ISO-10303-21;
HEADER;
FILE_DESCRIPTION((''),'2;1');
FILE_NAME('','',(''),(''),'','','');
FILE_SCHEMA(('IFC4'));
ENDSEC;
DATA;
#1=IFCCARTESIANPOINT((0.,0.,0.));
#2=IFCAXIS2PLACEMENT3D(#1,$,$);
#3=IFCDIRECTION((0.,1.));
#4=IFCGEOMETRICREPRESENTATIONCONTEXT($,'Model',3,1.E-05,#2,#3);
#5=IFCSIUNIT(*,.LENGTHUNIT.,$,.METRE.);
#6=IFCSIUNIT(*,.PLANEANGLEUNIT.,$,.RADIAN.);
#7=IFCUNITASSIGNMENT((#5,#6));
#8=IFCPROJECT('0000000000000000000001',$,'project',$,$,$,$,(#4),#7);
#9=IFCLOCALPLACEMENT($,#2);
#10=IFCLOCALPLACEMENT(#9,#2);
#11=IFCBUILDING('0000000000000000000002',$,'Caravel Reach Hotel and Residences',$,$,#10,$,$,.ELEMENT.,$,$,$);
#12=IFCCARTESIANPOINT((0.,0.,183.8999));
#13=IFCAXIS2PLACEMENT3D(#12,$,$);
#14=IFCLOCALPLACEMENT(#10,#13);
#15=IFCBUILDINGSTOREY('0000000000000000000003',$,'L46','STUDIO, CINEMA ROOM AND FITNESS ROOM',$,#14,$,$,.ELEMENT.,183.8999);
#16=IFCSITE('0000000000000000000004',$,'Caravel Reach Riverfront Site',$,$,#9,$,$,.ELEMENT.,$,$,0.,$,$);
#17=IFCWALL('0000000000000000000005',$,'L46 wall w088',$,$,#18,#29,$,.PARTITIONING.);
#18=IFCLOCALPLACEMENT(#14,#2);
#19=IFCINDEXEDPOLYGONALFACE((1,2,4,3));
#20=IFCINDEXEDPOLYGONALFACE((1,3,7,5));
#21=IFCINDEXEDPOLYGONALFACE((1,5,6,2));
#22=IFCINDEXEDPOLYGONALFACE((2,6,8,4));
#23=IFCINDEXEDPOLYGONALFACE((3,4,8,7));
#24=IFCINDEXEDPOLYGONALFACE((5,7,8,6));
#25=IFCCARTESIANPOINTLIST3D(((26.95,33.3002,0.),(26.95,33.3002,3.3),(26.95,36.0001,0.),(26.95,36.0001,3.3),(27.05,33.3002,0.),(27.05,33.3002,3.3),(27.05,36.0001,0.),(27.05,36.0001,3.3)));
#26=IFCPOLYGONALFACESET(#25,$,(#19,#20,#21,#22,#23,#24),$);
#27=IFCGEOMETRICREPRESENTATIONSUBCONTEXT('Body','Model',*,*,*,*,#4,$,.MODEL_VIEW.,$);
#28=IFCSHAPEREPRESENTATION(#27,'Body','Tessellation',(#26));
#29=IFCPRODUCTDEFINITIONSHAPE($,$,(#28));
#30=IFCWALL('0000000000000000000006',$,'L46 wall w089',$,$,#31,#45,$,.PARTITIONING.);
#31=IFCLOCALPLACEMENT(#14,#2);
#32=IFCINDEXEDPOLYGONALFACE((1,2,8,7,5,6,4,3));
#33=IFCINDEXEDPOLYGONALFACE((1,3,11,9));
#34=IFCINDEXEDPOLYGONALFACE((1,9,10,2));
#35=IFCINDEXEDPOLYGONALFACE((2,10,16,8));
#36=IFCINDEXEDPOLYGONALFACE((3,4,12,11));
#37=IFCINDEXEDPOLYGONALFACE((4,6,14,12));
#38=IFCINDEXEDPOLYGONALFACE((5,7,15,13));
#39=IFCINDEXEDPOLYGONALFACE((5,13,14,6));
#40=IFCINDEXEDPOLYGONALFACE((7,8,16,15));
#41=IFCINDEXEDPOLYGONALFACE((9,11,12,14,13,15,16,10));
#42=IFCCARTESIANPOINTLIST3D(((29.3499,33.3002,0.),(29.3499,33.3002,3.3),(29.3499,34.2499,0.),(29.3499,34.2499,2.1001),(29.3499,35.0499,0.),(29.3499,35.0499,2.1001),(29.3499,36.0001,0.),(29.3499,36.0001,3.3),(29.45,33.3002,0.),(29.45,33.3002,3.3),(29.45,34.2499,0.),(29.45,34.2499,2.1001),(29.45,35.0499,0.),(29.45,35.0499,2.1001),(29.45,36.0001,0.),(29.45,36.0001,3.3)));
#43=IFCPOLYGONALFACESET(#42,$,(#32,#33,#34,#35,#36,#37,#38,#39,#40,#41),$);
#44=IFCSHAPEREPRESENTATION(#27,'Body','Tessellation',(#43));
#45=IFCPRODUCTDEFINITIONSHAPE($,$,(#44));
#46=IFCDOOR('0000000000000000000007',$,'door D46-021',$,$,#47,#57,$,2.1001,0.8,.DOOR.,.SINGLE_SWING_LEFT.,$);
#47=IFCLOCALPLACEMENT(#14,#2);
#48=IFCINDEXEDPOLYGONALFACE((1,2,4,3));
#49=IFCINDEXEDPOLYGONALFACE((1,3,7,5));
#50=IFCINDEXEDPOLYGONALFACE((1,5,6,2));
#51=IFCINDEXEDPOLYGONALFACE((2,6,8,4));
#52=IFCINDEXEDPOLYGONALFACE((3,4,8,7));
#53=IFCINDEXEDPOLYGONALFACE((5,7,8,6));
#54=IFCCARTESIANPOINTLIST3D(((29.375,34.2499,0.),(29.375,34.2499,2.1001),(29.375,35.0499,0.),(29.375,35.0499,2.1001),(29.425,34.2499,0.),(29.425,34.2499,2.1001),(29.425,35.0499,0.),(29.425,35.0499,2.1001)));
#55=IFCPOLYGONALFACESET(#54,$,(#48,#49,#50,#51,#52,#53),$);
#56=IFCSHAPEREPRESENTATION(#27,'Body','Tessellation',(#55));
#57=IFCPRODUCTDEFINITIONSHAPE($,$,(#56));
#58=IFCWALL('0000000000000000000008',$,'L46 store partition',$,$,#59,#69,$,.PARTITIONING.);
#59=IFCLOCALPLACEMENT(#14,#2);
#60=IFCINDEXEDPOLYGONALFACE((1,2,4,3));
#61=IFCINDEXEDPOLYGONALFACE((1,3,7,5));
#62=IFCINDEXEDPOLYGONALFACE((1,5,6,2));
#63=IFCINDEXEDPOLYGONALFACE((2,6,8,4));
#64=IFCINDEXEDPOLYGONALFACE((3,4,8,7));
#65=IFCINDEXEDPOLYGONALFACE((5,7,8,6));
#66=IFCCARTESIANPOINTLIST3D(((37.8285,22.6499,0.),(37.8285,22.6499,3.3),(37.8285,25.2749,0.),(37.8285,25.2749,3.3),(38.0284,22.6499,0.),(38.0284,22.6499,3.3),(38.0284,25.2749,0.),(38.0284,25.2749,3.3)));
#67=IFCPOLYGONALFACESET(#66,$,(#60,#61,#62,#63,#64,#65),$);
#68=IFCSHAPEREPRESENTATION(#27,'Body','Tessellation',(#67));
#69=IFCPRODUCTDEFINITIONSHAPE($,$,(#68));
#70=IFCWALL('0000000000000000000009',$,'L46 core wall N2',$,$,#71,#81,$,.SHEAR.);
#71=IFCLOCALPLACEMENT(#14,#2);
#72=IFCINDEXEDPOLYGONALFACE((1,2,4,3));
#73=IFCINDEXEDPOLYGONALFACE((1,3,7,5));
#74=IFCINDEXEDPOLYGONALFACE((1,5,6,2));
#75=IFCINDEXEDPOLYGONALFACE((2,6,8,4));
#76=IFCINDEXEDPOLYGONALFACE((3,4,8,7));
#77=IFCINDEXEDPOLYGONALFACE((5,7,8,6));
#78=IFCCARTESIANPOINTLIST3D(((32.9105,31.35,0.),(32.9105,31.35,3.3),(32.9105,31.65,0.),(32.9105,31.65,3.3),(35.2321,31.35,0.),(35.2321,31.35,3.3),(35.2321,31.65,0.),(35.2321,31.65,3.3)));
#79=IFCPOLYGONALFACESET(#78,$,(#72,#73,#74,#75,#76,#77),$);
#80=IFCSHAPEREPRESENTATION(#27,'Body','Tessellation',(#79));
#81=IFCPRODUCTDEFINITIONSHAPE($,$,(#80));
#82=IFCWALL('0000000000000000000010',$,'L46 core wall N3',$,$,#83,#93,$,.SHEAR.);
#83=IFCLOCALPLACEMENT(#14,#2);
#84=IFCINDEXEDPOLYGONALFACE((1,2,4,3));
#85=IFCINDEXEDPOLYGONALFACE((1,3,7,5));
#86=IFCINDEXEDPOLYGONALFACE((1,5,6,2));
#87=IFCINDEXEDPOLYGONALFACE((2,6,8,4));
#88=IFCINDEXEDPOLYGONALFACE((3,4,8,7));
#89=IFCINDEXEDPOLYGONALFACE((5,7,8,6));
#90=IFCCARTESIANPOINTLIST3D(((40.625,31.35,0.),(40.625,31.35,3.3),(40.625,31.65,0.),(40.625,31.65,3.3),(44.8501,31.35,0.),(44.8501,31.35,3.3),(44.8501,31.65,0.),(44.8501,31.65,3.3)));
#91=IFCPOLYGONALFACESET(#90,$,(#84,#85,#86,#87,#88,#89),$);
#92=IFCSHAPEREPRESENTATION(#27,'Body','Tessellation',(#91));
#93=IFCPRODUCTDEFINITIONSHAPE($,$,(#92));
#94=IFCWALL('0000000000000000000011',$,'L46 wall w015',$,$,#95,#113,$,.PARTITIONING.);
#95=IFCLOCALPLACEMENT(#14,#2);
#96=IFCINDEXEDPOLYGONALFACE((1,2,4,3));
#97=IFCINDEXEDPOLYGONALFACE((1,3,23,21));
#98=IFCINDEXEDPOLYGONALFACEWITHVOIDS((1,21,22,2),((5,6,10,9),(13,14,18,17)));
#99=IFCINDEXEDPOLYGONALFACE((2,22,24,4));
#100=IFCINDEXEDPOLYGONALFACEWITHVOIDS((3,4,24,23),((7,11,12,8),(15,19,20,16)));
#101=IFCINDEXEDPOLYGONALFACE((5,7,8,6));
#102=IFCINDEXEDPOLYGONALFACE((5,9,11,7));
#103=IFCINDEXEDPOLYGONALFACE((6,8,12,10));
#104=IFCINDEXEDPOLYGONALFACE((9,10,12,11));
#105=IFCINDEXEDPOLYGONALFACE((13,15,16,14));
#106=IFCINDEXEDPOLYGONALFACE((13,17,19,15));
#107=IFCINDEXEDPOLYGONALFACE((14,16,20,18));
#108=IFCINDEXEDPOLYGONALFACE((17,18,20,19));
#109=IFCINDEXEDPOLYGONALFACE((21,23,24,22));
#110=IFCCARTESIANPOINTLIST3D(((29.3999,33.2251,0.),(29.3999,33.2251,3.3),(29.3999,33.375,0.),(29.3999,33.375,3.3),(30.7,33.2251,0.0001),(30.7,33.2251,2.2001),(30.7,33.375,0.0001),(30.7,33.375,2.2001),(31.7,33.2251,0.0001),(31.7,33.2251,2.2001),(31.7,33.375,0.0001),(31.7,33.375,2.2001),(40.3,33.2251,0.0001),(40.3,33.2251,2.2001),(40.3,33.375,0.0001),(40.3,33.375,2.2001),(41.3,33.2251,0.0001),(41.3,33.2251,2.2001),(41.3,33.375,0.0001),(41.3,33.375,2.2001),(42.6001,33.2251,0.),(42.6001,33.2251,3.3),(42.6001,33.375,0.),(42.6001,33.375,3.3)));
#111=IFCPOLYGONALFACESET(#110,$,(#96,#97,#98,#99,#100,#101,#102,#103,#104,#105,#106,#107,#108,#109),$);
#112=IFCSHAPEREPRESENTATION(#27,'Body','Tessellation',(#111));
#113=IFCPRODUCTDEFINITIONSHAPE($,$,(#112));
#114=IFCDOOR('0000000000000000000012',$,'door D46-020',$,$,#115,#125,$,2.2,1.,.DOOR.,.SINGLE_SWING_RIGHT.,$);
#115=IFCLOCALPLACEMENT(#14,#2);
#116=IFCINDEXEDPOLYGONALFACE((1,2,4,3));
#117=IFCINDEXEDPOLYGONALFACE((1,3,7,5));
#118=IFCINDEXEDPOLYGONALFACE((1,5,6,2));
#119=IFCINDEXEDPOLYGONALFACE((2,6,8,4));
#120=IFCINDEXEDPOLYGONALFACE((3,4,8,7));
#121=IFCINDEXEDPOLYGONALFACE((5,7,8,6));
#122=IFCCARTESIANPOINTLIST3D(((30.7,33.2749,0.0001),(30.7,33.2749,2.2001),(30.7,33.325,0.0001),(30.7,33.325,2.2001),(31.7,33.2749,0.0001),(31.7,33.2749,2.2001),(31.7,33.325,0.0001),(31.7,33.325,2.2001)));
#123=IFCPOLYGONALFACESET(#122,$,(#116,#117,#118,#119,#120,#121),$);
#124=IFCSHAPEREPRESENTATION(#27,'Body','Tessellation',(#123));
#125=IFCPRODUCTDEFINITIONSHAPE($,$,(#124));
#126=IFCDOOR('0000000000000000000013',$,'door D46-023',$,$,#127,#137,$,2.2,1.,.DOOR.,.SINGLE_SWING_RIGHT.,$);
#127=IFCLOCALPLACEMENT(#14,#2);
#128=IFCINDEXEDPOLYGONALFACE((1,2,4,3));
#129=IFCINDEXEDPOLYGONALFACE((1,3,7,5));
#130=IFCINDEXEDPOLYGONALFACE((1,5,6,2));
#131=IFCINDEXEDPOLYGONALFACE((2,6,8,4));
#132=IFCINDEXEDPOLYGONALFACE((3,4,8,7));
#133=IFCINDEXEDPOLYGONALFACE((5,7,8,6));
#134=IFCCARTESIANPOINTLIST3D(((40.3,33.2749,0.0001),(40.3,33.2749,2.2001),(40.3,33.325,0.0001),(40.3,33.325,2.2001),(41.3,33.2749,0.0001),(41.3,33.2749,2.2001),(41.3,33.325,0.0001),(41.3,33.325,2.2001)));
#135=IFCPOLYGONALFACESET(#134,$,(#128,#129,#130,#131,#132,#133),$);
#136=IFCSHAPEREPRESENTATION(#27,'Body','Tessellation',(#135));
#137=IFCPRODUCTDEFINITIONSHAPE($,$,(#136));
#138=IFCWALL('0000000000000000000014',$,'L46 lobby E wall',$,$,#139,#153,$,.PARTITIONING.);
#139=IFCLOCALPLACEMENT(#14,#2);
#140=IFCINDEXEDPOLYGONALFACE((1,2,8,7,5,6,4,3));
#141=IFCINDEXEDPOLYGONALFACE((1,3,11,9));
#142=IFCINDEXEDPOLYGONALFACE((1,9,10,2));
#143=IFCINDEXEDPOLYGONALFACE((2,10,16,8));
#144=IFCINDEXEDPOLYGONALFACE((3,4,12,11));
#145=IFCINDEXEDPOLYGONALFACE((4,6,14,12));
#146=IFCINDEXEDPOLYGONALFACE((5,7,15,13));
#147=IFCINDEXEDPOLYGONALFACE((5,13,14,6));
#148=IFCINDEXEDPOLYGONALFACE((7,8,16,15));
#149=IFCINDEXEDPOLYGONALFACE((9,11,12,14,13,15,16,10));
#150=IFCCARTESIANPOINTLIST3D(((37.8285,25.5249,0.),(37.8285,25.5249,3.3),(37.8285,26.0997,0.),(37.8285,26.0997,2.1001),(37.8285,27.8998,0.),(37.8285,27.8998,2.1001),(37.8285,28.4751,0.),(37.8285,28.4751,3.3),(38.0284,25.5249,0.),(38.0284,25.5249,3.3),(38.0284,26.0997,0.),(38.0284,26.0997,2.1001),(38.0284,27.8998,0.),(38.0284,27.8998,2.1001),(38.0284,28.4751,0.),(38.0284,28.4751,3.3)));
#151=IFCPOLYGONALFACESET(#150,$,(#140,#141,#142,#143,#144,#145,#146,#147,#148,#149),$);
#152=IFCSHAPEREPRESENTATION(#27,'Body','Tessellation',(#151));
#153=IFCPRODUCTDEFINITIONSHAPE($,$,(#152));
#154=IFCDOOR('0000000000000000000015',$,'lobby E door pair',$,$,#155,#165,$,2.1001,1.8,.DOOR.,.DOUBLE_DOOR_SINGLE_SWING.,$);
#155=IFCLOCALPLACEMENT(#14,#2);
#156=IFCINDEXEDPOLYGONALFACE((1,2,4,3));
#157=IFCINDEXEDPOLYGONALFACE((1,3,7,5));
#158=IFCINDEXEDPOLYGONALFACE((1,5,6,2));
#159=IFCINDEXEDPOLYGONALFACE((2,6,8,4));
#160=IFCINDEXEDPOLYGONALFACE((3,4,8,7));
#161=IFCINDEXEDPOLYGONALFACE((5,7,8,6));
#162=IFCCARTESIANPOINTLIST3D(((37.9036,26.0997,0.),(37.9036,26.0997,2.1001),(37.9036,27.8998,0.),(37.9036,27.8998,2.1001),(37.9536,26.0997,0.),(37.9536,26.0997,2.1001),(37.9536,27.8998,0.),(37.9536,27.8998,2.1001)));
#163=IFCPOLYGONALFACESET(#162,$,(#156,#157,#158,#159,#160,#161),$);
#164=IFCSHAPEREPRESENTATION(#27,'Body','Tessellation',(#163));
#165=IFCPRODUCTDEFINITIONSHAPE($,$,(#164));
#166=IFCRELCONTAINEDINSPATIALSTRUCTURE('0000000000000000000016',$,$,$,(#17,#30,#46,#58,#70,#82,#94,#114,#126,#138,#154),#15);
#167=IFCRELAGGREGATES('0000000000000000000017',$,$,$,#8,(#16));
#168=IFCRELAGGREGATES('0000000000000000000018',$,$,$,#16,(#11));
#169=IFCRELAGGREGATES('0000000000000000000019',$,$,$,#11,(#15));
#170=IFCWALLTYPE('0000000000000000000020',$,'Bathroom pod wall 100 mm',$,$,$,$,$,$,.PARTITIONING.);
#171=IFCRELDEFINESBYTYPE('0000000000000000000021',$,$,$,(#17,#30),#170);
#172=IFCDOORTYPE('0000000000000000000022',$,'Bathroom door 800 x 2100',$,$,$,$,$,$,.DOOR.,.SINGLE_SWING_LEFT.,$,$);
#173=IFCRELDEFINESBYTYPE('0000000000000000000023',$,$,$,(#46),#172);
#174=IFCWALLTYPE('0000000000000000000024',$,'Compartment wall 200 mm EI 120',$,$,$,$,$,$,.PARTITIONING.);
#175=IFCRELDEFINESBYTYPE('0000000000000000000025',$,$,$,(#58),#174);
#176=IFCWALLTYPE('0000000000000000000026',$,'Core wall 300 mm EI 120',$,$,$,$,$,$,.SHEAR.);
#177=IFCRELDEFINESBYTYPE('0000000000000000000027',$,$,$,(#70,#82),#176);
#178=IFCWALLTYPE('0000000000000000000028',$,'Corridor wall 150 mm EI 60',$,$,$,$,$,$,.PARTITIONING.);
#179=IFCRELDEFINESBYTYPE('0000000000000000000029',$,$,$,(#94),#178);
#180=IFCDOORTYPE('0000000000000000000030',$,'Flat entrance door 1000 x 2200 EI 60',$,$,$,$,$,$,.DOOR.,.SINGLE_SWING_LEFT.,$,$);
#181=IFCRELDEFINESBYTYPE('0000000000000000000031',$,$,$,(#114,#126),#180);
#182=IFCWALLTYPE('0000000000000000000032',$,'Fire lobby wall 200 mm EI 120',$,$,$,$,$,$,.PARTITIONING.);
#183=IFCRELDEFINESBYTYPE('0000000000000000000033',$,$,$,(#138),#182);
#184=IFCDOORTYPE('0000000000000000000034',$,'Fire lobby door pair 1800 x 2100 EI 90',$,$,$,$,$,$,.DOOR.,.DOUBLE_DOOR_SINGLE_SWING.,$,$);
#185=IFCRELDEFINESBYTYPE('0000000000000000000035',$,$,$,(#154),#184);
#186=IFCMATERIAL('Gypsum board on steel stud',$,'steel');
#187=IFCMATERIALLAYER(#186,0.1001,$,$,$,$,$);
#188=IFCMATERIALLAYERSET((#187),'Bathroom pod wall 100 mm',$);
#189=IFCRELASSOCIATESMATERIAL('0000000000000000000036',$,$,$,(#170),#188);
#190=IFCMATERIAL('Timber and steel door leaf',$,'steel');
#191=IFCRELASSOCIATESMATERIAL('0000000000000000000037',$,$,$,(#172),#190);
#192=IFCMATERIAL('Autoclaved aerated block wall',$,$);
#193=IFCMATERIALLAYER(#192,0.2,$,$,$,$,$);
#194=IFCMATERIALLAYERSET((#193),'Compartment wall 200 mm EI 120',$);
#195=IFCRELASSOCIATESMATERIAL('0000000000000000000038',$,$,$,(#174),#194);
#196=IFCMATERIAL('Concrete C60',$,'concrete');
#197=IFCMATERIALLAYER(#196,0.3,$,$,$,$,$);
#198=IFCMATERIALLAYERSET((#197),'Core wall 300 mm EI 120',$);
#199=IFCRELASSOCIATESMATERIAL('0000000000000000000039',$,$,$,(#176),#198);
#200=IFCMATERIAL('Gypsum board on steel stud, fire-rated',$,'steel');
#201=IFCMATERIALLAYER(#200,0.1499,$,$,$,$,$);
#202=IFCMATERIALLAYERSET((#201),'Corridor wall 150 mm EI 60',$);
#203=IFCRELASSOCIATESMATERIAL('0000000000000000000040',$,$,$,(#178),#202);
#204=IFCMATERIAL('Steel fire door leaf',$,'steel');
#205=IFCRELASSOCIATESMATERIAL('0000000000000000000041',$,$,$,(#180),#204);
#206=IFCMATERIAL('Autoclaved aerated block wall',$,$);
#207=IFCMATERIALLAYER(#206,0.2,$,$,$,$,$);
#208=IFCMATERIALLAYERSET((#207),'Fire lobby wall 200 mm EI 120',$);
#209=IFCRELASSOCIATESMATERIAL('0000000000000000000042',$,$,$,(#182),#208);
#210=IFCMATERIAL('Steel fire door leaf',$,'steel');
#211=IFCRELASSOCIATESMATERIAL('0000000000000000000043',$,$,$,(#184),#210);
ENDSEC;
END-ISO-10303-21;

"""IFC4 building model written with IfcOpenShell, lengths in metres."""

from ifc_helpers import new_model, si_unit, direction, frame, frame_2d, origin, place, context, subcontext, project, spatial, rectangle, extrude, material, layer, layer_set, type_object, element, fill, save


model = new_model("IFC4")

# Units and contexts
model_context = context("Model", 3, precision=1e-05, world=origin(), true_north=direction((0.0, 1.0)))
body_context = subcontext(model_context, "Body", "Model", "MODEL_VIEW")
ifc_project = project(units=[si_unit("LENGTHUNIT", "METRE"), si_unit("PLANEANGLEUNIT", "RADIAN")], contexts=[model_context])

# Site, building, storey
site_placement = place(None, origin())
site = spatial("IfcSite", under=ifc_project, at=site_placement, Name="Caravel Reach Riverfront Site", CompositionType="ELEMENT", RefElevation=0.0)
building_placement = place(site_placement, origin())
building = spatial("IfcBuilding", under=site, at=building_placement, Name="Caravel Reach Hotel and Residences", CompositionType="ELEMENT")
storey_placement = place(building_placement, frame((0.0, 0.0, 183.8999)))
storey = spatial("IfcBuildingStorey", under=building, at=storey_placement, Name="L46", Description="STUDIO, CINEMA ROOM AND FITNESS ROOM", CompositionType="ELEMENT", Elevation=183.8999)

# Wall
ifc_material_1 = material(Name="Gypsum board on steel stud", Category="steel")
ifc_layer_1 = layer(ifc_material_1, 0.1001)
ifc_layer_set_1 = layer_set([ifc_layer_1], Name="Bathroom pod wall 100 mm")
wall_type_1 = type_object("IfcWallType", Name="Bathroom pod wall 100 mm", PredefinedType="PARTITIONING", material=ifc_layer_set_1)
wall_1_placement = place(storey_placement, frame((27.0, 33.3, 0.0), z_axis=(0.0, 0.0, 1.0), x_axis=(0.0, 1.0, 0.0)))
element("IfcWall", 1, at=wall_1_placement, inside=storey, type_object=wall_type_1, Name="L46 wall w088", PredefinedType="PARTITIONING", context=body_context, shape_type="SweptSolid", body=[
    extrude(rectangle(XDim=2.7, YDim=0.1001, at=frame_2d((1.3501, 0.0))), origin(), (0.0, 0.0, 1.0), 3.3),
])

# Wall, opening, door
wall_2_placement = place(storey_placement, frame((29.3999, 33.3, 0.0), z_axis=(0.0, 0.0, 1.0), x_axis=(0.0, 1.0, 0.0)))
wall_2 = element("IfcWall", 2, at=wall_2_placement, inside=storey, type_object=wall_type_1, Name="L46 wall w089", PredefinedType="PARTITIONING", context=body_context, shape_type="SweptSolid", body=[
    extrude(rectangle(XDim=2.7, YDim=0.1001, at=frame_2d((1.3501, 0.0))), origin(), (0.0, 0.0, 1.0), 3.3),
])
opening_1_placement = place(wall_2_placement, frame((0.95, 0.0, 0.0)))
opening_1 = element("IfcOpeningElement", 3, at=opening_1_placement, cuts=wall_2, PredefinedType="OPENING", context=body_context, shape_type="SweptSolid", body=[
    extrude(rectangle(XDim=0.8, YDim=2.1001, at=frame_2d((0.3999, 1.05))), frame((0.0, 0.0601, 0.0), z_axis=(0.0, -1.0, 0.0), x_axis=(1.0, 0.0, 0.0)), (0.0, 0.0, 1.0), 0.1201),
])
ifc_material_2 = material(Name="Timber and steel door leaf", Category="steel")
door_type_1 = type_object("IfcDoorType", Name="Bathroom door 800 x 2100", OperationType="SINGLE_SWING_LEFT", PredefinedType="DOOR", material=ifc_material_2)
door_1_placement = place(opening_1_placement, origin())
door_1 = element("IfcDoor", 4, at=door_1_placement, inside=storey, type_object=door_type_1, Name="door D46-021", OperationType="SINGLE_SWING_LEFT", OverallHeight=2.1001, OverallWidth=0.8, PredefinedType="DOOR", context=body_context, shape_type="SweptSolid", body=[
    extrude(rectangle(XDim=0.8, YDim=2.1001, at=frame_2d((0.3999, 1.05))), frame((0.0, 0.0249, 0.0), z_axis=(0.0, -1.0, 0.0), x_axis=(1.0, 0.0, 0.0)), (0.0, 0.0, 1.0), 0.05),
])
fill(opening_1, door_1)

# Walls
ifc_material_3 = material(Name="Autoclaved aerated block wall")
ifc_layer_2 = layer(ifc_material_3, 0.2)
ifc_layer_set_2 = layer_set([ifc_layer_2], Name="Compartment wall 200 mm EI 120")
wall_type_2 = type_object("IfcWallType", Name="Compartment wall 200 mm EI 120", PredefinedType="PARTITIONING", material=ifc_layer_set_2)
wall_3_placement = place(storey_placement, frame((37.9285, 22.6499, 0.0), z_axis=(0.0, 0.0, 1.0), x_axis=(0.0, 1.0, 0.0)))
element("IfcWall", 5, at=wall_3_placement, inside=storey, type_object=wall_type_2, Name="L46 store partition", PredefinedType="PARTITIONING", context=body_context, shape_type="SweptSolid", body=[
    extrude(rectangle(XDim=2.625, YDim=0.2, at=frame_2d((1.3125, 0.0))), origin(), (0.0, 0.0, 1.0), 3.3),
])
ifc_material_4 = material(Name="Concrete C60", Category="concrete")
ifc_layer_3 = layer(ifc_material_4, 0.3)
ifc_layer_set_3 = layer_set([ifc_layer_3], Name="Core wall 300 mm EI 120")
wall_type_3 = type_object("IfcWallType", Name="Core wall 300 mm EI 120", PredefinedType="SHEAR", material=ifc_layer_set_3)
wall_4_placement = place(storey_placement, frame((32.9106, 31.5, 0.0), z_axis=(0.0, 0.0, 1.0), x_axis=(1.0, 0.0, 0.0)))
element("IfcWall", 6, at=wall_4_placement, inside=storey, type_object=wall_type_3, Name="L46 core wall N2", PredefinedType="SHEAR", context=body_context, shape_type="SweptSolid", body=[
    extrude(rectangle(XDim=2.3215, YDim=0.3, at=frame_2d((1.1606, 0.0))), origin(), (0.0, 0.0, 1.0), 3.3),
])
wall_5_placement = place(storey_placement, frame((40.625, 31.5, 0.0), z_axis=(0.0, 0.0, 1.0), x_axis=(1.0, 0.0, 0.0)))
element("IfcWall", 7, at=wall_5_placement, inside=storey, type_object=wall_type_3, Name="L46 core wall N3", PredefinedType="SHEAR", context=body_context, shape_type="SweptSolid", body=[
    extrude(rectangle(XDim=4.2251, YDim=0.3, at=frame_2d((2.1125, 0.0))), origin(), (0.0, 0.0, 1.0), 3.3),
])

# Wall, openings, doors
ifc_material_5 = material(Name="Gypsum board on steel stud, fire-rated", Category="steel")
ifc_layer_4 = layer(ifc_material_5, 0.1499)
ifc_layer_set_4 = layer_set([ifc_layer_4], Name="Corridor wall 150 mm EI 60")
wall_type_4 = type_object("IfcWallType", Name="Corridor wall 150 mm EI 60", PredefinedType="PARTITIONING", material=ifc_layer_set_4)
wall_6_placement = place(storey_placement, frame((29.3999, 33.3, 0.0), z_axis=(0.0, 0.0, 1.0), x_axis=(1.0, 0.0, 0.0)))
wall_6 = element("IfcWall", 8, at=wall_6_placement, inside=storey, type_object=wall_type_4, Name="L46 wall w015", PredefinedType="PARTITIONING", context=body_context, shape_type="SweptSolid", body=[
    extrude(rectangle(XDim=13.2002, YDim=0.1499, at=frame_2d((6.6001, 0.0))), origin(), (0.0, 0.0, 1.0), 3.3),
])
opening_2_placement = place(wall_6_placement, frame((1.3, 0.0, 0.0)))
opening_2 = element("IfcOpeningElement", 9, at=opening_2_placement, cuts=wall_6, PredefinedType="OPENING", context=body_context, shape_type="SweptSolid", body=[
    extrude(rectangle(XDim=1.0, YDim=2.2, at=frame_2d((0.5, 1.1001))), frame((0.0, 0.085, 0.0), z_axis=(0.0, -1.0, 0.0), x_axis=(1.0, 0.0, 0.0)), (0.0, 0.0, 1.0), 0.1699),
])
opening_3_placement = place(wall_6_placement, frame((10.9001, 0.0, 0.0)))
opening_3 = element("IfcOpeningElement", 10, at=opening_3_placement, cuts=wall_6, PredefinedType="OPENING", context=body_context, shape_type="SweptSolid", body=[
    extrude(rectangle(XDim=1.0, YDim=2.2, at=frame_2d((0.5, 1.1001))), frame((0.0, 0.085, 0.0), z_axis=(0.0, -1.0, 0.0), x_axis=(1.0, 0.0, 0.0)), (0.0, 0.0, 1.0), 0.1699),
])
ifc_material_6 = material(Name="Steel fire door leaf", Category="steel")
door_type_2 = type_object("IfcDoorType", Name="Flat entrance door 1000 x 2200 EI 60", OperationType="SINGLE_SWING_LEFT", PredefinedType="DOOR", material=ifc_material_6)
door_2_placement = place(opening_2_placement, origin())
door_2 = element("IfcDoor", 11, at=door_2_placement, inside=storey, type_object=door_type_2, Name="door D46-020", OperationType="SINGLE_SWING_RIGHT", OverallHeight=2.2, OverallWidth=1.0, PredefinedType="DOOR", context=body_context, shape_type="SweptSolid", body=[
    extrude(rectangle(XDim=1.0, YDim=2.2, at=frame_2d((0.5, 1.1001))), frame((0.0, 0.0249, 0.0), z_axis=(0.0, -1.0, 0.0), x_axis=(1.0, 0.0, 0.0)), (0.0, 0.0, 1.0), 0.05),
])
fill(opening_2, door_2)
door_3_placement = place(opening_3_placement, origin())
door_3 = element("IfcDoor", 12, at=door_3_placement, inside=storey, type_object=door_type_2, Name="door D46-023", OperationType="SINGLE_SWING_RIGHT", OverallHeight=2.2, OverallWidth=1.0, PredefinedType="DOOR", context=body_context, shape_type="SweptSolid", body=[
    extrude(rectangle(XDim=1.0, YDim=2.2, at=frame_2d((0.5, 1.1001))), frame((0.0, 0.0249, 0.0), z_axis=(0.0, -1.0, 0.0), x_axis=(1.0, 0.0, 0.0)), (0.0, 0.0, 1.0), 0.05),
])
fill(opening_3, door_3)

# Wall, opening, door
ifc_material_7 = material(Name="Autoclaved aerated block wall")
ifc_layer_5 = layer(ifc_material_7, 0.2)
ifc_layer_set_5 = layer_set([ifc_layer_5], Name="Fire lobby wall 200 mm EI 120")
wall_type_5 = type_object("IfcWallType", Name="Fire lobby wall 200 mm EI 120", PredefinedType="PARTITIONING", material=ifc_layer_set_5)
wall_7_placement = place(storey_placement, frame((37.9285, 25.5249, 0.0), z_axis=(0.0, 0.0, 1.0), x_axis=(0.0, 1.0, 0.0)))
wall_7 = element("IfcWall", 13, at=wall_7_placement, inside=storey, type_object=wall_type_5, Name="L46 lobby E wall", PredefinedType="PARTITIONING", context=body_context, shape_type="SweptSolid", body=[
    extrude(rectangle(XDim=2.9502, YDim=0.2, at=frame_2d((1.4751, 0.0))), origin(), (0.0, 0.0, 1.0), 3.3),
])
opening_4_placement = place(wall_7_placement, frame((0.575, 0.0, 0.0)))
opening_4 = element("IfcOpeningElement", 14, at=opening_4_placement, cuts=wall_7, PredefinedType="OPENING", context=body_context, shape_type="SweptSolid", body=[
    extrude(rectangle(XDim=1.8, YDim=2.1001, at=frame_2d((0.8999, 1.05))), frame((0.0, 0.1099, 0.0), z_axis=(0.0, -1.0, 0.0), x_axis=(1.0, 0.0, 0.0)), (0.0, 0.0, 1.0), 0.22),
])
ifc_material_8 = material(Name="Steel fire door leaf", Category="steel")
door_type_3 = type_object("IfcDoorType", Name="Fire lobby door pair 1800 x 2100 EI 90", OperationType="DOUBLE_DOOR_SINGLE_SWING", PredefinedType="DOOR", material=ifc_material_8)
door_4_placement = place(opening_4_placement, origin())
door_4 = element("IfcDoor", 15, at=door_4_placement, inside=storey, type_object=door_type_3, Name="lobby E door pair", OperationType="DOUBLE_DOOR_SINGLE_SWING", OverallHeight=2.1001, OverallWidth=1.8, PredefinedType="DOOR", context=body_context, shape_type="SweptSolid", body=[
    extrude(rectangle(XDim=1.8, YDim=2.1001, at=frame_2d((0.8999, 1.05))), frame((0.0, 0.0249, 0.0), z_axis=(0.0, -1.0, 0.0), x_axis=(1.0, 0.0, 0.0)), (0.0, 0.0, 1.0), 0.05),
])
fill(opening_4, door_4)

save(model, "model.ifc")
